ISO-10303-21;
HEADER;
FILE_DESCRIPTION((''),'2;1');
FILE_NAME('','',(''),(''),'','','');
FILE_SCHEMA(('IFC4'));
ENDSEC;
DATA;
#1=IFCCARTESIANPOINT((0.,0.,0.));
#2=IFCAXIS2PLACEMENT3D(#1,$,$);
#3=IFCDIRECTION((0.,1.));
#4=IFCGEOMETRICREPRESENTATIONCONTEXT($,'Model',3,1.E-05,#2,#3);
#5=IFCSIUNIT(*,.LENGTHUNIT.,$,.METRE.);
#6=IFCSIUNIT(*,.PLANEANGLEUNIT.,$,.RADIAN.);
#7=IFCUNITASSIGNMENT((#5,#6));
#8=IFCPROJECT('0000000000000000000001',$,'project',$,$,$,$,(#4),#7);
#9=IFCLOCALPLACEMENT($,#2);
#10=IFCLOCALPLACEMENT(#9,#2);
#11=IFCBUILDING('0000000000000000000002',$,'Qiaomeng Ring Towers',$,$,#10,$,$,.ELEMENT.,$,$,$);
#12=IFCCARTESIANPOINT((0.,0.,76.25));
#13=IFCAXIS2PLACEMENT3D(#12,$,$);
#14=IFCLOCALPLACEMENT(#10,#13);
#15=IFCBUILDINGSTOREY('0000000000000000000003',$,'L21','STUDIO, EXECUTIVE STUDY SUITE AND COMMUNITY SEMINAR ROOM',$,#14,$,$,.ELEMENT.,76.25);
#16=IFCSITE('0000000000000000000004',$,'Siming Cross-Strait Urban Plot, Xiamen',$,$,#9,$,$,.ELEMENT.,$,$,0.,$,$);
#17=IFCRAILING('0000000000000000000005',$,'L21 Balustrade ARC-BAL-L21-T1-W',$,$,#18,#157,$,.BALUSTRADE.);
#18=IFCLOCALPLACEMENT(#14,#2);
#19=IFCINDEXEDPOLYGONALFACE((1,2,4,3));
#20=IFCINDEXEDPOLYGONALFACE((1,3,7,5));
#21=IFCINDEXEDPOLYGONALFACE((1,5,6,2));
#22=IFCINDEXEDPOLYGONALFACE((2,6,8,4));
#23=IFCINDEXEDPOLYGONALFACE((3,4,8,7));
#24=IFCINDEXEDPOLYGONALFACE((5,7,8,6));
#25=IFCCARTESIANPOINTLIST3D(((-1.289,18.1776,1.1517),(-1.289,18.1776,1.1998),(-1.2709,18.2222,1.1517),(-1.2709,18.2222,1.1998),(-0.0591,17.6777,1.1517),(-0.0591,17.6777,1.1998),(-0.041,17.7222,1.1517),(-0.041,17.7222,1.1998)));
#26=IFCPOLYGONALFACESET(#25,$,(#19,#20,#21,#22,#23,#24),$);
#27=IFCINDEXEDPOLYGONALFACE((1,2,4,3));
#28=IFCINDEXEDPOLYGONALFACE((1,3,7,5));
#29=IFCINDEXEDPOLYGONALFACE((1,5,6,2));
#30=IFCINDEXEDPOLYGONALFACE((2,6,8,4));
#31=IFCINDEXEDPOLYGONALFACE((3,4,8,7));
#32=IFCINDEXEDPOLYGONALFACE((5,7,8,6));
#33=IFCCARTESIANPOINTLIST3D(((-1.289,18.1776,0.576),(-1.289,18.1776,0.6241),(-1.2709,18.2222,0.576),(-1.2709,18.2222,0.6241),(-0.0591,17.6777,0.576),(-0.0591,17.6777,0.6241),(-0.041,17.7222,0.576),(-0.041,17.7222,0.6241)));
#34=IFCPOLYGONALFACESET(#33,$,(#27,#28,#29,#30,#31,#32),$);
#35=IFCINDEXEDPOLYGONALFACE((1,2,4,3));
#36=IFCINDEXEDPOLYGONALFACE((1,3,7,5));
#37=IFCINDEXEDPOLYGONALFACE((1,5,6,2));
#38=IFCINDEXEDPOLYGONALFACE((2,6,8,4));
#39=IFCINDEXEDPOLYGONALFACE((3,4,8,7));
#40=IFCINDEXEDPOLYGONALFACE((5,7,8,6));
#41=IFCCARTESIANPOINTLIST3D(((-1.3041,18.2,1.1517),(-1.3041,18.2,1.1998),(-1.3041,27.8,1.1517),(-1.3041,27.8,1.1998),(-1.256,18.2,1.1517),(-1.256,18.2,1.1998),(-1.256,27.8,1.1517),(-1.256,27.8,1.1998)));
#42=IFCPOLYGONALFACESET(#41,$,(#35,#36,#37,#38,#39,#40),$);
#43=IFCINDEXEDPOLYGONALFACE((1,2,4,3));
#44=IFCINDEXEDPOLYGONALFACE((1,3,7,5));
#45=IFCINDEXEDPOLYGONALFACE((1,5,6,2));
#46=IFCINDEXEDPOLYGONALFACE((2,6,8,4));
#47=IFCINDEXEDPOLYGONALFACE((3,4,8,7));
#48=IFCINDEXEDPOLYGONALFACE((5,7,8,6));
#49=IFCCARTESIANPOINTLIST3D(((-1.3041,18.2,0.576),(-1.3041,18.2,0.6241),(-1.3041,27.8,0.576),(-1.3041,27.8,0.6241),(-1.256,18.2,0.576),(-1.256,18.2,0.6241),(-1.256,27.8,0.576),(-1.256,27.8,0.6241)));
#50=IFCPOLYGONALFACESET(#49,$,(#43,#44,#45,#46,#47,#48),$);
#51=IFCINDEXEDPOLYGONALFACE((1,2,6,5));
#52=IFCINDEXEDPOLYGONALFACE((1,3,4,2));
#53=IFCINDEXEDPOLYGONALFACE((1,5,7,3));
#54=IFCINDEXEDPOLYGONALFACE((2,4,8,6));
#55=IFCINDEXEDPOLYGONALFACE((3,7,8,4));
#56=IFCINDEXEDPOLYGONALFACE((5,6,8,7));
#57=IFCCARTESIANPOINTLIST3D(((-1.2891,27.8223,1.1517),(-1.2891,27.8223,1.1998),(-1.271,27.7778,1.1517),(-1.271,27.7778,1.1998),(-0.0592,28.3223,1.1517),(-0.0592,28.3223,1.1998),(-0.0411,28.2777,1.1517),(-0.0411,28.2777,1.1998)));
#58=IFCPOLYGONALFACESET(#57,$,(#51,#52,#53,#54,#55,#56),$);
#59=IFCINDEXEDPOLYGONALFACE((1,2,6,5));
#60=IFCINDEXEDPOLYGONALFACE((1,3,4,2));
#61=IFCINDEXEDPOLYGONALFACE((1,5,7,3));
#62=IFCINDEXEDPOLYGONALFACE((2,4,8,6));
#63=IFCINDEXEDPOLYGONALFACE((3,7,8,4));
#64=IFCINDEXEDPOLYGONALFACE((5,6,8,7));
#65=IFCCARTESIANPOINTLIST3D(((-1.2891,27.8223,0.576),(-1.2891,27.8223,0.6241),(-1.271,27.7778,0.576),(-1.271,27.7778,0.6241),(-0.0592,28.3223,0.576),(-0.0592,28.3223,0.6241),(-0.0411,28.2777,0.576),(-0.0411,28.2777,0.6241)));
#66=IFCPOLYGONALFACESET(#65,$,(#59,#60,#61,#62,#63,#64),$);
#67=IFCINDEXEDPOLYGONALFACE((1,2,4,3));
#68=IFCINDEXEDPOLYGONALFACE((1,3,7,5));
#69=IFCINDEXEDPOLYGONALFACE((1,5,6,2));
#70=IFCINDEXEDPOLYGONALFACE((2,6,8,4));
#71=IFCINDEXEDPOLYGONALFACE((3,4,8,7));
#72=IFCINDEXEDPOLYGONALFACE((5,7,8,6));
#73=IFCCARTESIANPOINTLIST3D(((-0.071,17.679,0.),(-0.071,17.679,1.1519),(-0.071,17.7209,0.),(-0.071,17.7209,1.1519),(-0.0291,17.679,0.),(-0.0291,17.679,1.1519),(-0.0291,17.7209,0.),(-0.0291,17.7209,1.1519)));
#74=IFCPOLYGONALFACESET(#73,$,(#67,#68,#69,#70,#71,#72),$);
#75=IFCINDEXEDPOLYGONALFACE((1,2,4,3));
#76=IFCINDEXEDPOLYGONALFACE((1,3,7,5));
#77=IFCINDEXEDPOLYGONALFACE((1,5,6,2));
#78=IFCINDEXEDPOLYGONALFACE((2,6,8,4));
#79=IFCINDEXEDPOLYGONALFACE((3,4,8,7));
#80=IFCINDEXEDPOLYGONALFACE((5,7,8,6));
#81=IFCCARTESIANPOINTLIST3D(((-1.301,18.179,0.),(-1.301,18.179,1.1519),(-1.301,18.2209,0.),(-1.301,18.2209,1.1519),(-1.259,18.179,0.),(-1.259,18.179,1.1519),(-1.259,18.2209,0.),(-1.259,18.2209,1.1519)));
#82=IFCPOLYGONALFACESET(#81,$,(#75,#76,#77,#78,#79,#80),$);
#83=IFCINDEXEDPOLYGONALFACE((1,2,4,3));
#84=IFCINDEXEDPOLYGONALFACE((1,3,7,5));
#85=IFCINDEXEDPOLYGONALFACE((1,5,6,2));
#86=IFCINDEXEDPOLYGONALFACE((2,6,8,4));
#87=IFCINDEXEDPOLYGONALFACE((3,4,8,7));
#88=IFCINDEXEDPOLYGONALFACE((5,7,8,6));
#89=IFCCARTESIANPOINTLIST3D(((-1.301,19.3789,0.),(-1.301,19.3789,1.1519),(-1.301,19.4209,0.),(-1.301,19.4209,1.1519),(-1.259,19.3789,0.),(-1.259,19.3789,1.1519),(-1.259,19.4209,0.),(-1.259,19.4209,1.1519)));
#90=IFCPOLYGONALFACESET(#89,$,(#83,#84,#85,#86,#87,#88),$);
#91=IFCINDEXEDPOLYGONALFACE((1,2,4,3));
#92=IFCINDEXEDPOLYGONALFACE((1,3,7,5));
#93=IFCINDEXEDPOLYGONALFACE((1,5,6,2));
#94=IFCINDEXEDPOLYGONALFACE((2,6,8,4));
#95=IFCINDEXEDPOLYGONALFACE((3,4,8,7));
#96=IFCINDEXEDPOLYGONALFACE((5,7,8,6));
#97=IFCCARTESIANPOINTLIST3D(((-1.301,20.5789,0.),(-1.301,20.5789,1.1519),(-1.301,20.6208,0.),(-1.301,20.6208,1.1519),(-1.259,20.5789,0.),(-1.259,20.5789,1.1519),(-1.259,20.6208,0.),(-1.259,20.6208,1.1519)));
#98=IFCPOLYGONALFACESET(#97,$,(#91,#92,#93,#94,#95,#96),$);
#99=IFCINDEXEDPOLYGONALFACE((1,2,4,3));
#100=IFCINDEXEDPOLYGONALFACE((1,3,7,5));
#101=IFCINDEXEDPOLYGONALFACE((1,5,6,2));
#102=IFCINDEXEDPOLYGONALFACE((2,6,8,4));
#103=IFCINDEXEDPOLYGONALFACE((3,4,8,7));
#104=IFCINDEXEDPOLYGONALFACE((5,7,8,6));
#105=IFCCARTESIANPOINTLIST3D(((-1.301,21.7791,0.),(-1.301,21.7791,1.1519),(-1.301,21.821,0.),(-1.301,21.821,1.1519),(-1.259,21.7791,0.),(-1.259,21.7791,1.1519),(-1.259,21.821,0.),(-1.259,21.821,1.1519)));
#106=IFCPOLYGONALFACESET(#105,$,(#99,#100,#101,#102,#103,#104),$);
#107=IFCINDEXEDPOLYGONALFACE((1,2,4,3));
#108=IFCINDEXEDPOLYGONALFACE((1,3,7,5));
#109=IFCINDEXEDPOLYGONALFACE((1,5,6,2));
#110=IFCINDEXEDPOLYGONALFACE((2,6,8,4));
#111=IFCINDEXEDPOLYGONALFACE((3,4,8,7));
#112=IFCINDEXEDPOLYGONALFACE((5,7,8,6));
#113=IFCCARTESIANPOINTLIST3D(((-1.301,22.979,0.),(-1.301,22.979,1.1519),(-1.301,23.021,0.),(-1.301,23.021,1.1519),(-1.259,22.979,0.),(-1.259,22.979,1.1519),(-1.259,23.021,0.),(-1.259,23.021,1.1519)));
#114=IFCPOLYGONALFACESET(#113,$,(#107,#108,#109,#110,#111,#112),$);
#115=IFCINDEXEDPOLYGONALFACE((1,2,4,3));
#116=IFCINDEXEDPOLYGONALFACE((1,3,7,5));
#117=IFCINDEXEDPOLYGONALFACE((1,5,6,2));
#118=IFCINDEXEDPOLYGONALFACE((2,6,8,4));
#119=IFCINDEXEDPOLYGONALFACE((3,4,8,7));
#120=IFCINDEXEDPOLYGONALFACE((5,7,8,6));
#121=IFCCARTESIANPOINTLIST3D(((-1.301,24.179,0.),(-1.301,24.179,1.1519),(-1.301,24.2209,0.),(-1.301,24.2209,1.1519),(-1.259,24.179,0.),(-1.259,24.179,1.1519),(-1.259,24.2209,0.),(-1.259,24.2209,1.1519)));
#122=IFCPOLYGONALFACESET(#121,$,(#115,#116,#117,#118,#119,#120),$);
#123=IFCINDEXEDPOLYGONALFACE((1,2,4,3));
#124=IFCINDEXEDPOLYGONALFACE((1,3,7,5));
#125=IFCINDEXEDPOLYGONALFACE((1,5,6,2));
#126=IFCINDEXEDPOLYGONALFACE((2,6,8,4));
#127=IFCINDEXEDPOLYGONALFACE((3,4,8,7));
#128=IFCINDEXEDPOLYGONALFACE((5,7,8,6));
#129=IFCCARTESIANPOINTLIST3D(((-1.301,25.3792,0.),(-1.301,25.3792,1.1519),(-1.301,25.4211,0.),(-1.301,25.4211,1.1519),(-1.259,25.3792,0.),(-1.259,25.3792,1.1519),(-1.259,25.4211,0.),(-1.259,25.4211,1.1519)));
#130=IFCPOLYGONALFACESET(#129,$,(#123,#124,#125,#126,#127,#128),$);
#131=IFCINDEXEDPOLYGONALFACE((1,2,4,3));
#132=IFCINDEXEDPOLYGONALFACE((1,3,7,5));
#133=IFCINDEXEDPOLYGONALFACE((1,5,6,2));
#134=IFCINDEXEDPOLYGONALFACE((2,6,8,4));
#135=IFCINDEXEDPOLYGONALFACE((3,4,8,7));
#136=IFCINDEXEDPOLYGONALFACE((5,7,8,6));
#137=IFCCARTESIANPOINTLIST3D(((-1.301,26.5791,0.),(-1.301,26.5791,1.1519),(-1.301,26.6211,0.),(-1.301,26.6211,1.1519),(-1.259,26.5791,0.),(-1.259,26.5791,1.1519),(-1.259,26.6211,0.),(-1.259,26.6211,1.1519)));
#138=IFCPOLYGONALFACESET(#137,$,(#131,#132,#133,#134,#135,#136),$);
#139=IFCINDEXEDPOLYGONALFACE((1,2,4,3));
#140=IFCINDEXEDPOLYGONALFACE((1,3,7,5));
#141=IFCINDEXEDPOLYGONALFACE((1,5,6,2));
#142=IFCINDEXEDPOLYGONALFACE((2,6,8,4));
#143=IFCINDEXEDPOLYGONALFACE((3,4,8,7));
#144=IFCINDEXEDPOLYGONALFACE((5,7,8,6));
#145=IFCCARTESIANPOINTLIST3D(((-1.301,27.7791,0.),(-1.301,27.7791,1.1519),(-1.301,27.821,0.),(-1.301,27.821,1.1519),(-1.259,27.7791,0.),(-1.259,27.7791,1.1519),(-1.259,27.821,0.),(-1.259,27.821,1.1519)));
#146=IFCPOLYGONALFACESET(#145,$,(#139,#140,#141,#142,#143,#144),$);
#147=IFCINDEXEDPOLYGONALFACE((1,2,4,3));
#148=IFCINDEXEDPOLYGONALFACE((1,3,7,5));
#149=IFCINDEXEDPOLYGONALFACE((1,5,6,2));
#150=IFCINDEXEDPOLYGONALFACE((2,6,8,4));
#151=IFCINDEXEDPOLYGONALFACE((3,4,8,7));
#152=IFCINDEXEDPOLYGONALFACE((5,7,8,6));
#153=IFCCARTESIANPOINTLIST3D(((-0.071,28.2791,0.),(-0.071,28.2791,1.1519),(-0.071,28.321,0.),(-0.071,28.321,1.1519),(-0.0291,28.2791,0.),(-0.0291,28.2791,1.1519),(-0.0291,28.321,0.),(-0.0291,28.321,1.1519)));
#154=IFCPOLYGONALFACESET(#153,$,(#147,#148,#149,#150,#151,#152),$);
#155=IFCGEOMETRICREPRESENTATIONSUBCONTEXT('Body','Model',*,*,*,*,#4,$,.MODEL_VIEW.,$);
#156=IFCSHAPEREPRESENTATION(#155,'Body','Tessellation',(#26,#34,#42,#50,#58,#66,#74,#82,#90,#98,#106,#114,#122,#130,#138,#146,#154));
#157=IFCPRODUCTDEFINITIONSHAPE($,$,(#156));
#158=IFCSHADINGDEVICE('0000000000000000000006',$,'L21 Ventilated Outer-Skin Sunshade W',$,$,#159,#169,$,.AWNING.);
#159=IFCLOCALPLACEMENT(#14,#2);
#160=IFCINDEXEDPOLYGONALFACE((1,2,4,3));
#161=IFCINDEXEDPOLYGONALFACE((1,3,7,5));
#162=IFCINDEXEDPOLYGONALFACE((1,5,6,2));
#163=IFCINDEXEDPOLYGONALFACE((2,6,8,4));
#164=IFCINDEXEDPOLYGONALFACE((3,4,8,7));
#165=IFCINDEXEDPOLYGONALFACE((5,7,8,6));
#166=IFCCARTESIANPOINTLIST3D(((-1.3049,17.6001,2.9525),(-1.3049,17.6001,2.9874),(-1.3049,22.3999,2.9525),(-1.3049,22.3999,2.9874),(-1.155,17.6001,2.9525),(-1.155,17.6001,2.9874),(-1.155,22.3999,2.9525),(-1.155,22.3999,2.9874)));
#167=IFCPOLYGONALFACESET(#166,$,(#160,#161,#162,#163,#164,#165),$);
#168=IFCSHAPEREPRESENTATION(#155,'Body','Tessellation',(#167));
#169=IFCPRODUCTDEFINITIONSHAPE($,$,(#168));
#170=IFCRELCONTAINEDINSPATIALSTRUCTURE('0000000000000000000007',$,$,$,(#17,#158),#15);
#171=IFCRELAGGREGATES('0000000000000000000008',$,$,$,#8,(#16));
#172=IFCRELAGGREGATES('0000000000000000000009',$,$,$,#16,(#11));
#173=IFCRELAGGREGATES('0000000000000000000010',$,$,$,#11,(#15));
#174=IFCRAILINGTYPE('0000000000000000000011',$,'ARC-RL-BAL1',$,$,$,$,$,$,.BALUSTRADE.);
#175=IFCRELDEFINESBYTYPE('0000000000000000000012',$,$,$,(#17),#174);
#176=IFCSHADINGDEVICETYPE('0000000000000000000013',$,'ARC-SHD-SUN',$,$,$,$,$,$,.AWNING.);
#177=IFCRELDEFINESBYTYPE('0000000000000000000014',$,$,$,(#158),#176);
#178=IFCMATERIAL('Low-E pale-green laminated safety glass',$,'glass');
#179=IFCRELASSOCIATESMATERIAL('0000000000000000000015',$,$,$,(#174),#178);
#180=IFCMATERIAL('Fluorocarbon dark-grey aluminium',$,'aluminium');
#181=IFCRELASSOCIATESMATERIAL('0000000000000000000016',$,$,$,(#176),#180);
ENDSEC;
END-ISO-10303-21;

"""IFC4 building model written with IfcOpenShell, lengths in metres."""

from ifc_helpers import new_model, si_unit, direction, frame, origin, origin_2d, place, context, subcontext, project, spatial, rectangle, extrude, source, transform, mapped, material, material_profile, profile_set, type_object, element, save


model = new_model("IFC4")

# Units and contexts
model_context = context("Model", 3, precision=1e-05, world=origin(), true_north=direction((0.0, 1.0)))
body_context = subcontext(model_context, "Body", "Model", "MODEL_VIEW")
ifc_project = project(units=[si_unit("LENGTHUNIT", "METRE"), si_unit("PLANEANGLEUNIT", "RADIAN")], contexts=[model_context])

# Site, building, storey
site_placement = place(None, origin())
site = spatial("IfcSite", under=ifc_project, at=site_placement, Name="Siming Cross-Strait Urban Plot, Xiamen", CompositionType="ELEMENT", RefElevation=0.0)
building_placement = place(site_placement, origin())
building = spatial("IfcBuilding", under=site, at=building_placement, Name="Qiaomeng Ring Towers", CompositionType="ELEMENT")
storey_placement = place(building_placement, frame((0.0, 0.0, 76.25)))
storey = spatial("IfcBuildingStorey", under=building, at=storey_placement, Name="L21", Description="STUDIO, EXECUTIVE STUDY SUITE AND COMMUNITY SEMINAR ROOM", CompositionType="ELEMENT", Elevation=76.25)

# Shared definitions
ifc_material_1 = material(Name="Fluorocarbon dark-grey aluminium", Category="aluminium")

# Railing
ifc_material_2 = material(Name="Low-E pale-green laminated safety glass", Category="glass")
railing_type = type_object("IfcRailingType", Name="ARC-RL-BAL1", PredefinedType="BALUSTRADE", material=ifc_material_2)
railing_1_placement = place(storey_placement, frame((-0.05, 17.7, 0.0)))
element("IfcRailing", 1, at=railing_1_placement, inside=storey, type_object=railing_type, Name="L21 Balustrade ARC-BAL-L21-T1-W", PredefinedType="BALUSTRADE", context=body_context, shape_type="SweptSolid", body=[
    extrude(rectangle(XDim=0.0481, YDim=0.0481, at=origin_2d()), frame((0.0, 0.0, 1.1758), z_axis=(-0.926382, 0.376584, 0.0), x_axis=(-0.376584, -0.926382, 0.0)), (0.0, 0.0, 1.0), 1.3276),
    extrude(rectangle(XDim=0.0481, YDim=0.0481, at=origin_2d()), frame((0.0, 0.0, 0.6001), z_axis=(-0.926382, 0.376584, 0.0), x_axis=(-0.376584, -0.926382, 0.0)), (0.0, 0.0, 1.0), 1.3276),
    extrude(rectangle(XDim=0.0481, YDim=0.0481, at=origin_2d()), frame((-1.23, 0.5, 1.1758), z_axis=(0.0, 1.0, 0.0), x_axis=(-1.0, 0.0, 0.0)), (0.0, 0.0, 1.0), 9.6001),
    extrude(rectangle(XDim=0.0481, YDim=0.0481, at=origin_2d()), frame((-1.23, 0.5, 0.6001), z_axis=(0.0, 1.0, 0.0), x_axis=(-1.0, 0.0, 0.0)), (0.0, 0.0, 1.0), 9.6001),
    extrude(rectangle(XDim=0.0481, YDim=0.0481, at=origin_2d()), frame((-1.23, 10.1001, 1.1758), z_axis=(0.926382, 0.376584, 0.0), x_axis=(-0.376584, 0.926382, 0.0)), (0.0, 0.0, 1.0), 1.3276),
    extrude(rectangle(XDim=0.0481, YDim=0.0481, at=origin_2d()), frame((-1.23, 10.1001, 0.6001), z_axis=(0.926382, 0.376584, 0.0), x_axis=(-0.376584, 0.926382, 0.0)), (0.0, 0.0, 1.0), 1.3276),
    extrude(rectangle(XDim=0.042, YDim=0.042, at=origin_2d()), origin(), (0.0, 0.0, 1.0), 1.1519),
    extrude(rectangle(XDim=0.042, YDim=0.042, at=origin_2d()), frame((-1.23, 0.5, 0.0)), (0.0, 0.0, 1.0), 1.1519),
    extrude(rectangle(XDim=0.042, YDim=0.042, at=origin_2d()), frame((-1.23, 1.7, 0.0)), (0.0, 0.0, 1.0), 1.1519),
    extrude(rectangle(XDim=0.042, YDim=0.042, at=origin_2d()), frame((-1.23, 2.8999, 0.0)), (0.0, 0.0, 1.0), 1.1519),
    extrude(rectangle(XDim=0.042, YDim=0.042, at=origin_2d()), frame((-1.23, 4.1001, 0.0)), (0.0, 0.0, 1.0), 1.1519),
    extrude(rectangle(XDim=0.042, YDim=0.042, at=origin_2d()), frame((-1.23, 5.3, 0.0)), (0.0, 0.0, 1.0), 1.1519),
    extrude(rectangle(XDim=0.042, YDim=0.042, at=origin_2d()), frame((-1.23, 6.5, 0.0)), (0.0, 0.0, 1.0), 1.1519),
    extrude(rectangle(XDim=0.042, YDim=0.042, at=origin_2d()), frame((-1.23, 7.7002, 0.0)), (0.0, 0.0, 1.0), 1.1519),
    extrude(rectangle(XDim=0.042, YDim=0.042, at=origin_2d()), frame((-1.23, 8.9001, 0.0)), (0.0, 0.0, 1.0), 1.1519),
    extrude(rectangle(XDim=0.042, YDim=0.042, at=origin_2d()), frame((-1.23, 10.1001, 0.0)), (0.0, 0.0, 1.0), 1.1519),
    extrude(rectangle(XDim=0.042, YDim=0.042, at=origin_2d()), frame((0.0, 10.6001, 0.0)), (0.0, 0.0, 1.0), 1.1519),
])

# Shading device
ifc_material_profile_1 = material_profile(ifc_material_1, rectangle(XDim=0.1499, YDim=0.0349, at=origin_2d()), Name="LV BLADE 150x35")
ifc_profile_set_1 = profile_set([ifc_material_profile_1], Name="Fluorocarbon dark-grey aluminium")
shading_device_type = type_object("IfcShadingDeviceType", Name="ARC-SHD-SUN", PredefinedType="AWNING", material=ifc_profile_set_1)
shared_shape_1 = source(origin(), body_context, "Body", "SweptSolid", [
    extrude(rectangle(XDim=0.1499, YDim=0.0349, at=origin_2d()), origin(), (0.0, 0.0, 1.0), 4.7998),
])
shading_device_placement = place(storey_placement, frame((-1.23, 17.6001, 2.97), z_axis=(0.0, 1.0, 0.0), x_axis=(-1.0, 0.0, 0.0)))
element("IfcShadingDevice", 2, at=shading_device_placement, inside=storey, type_object=shading_device_type, Name="L21 Ventilated Outer-Skin Sunshade W", PredefinedType="AWNING", context=body_context, shape_type="MappedRepresentation", body=[
    mapped(shared_shape_1, transform((0.0, 0.0, 0.0), x_axis=(1.0, 0.0, 0.0), y_axis=(0.0, 1.0, 0.0), z_axis=(0.0, 0.0, 1.0), scale=1.0)),
])

save(model, "model.ifc")
